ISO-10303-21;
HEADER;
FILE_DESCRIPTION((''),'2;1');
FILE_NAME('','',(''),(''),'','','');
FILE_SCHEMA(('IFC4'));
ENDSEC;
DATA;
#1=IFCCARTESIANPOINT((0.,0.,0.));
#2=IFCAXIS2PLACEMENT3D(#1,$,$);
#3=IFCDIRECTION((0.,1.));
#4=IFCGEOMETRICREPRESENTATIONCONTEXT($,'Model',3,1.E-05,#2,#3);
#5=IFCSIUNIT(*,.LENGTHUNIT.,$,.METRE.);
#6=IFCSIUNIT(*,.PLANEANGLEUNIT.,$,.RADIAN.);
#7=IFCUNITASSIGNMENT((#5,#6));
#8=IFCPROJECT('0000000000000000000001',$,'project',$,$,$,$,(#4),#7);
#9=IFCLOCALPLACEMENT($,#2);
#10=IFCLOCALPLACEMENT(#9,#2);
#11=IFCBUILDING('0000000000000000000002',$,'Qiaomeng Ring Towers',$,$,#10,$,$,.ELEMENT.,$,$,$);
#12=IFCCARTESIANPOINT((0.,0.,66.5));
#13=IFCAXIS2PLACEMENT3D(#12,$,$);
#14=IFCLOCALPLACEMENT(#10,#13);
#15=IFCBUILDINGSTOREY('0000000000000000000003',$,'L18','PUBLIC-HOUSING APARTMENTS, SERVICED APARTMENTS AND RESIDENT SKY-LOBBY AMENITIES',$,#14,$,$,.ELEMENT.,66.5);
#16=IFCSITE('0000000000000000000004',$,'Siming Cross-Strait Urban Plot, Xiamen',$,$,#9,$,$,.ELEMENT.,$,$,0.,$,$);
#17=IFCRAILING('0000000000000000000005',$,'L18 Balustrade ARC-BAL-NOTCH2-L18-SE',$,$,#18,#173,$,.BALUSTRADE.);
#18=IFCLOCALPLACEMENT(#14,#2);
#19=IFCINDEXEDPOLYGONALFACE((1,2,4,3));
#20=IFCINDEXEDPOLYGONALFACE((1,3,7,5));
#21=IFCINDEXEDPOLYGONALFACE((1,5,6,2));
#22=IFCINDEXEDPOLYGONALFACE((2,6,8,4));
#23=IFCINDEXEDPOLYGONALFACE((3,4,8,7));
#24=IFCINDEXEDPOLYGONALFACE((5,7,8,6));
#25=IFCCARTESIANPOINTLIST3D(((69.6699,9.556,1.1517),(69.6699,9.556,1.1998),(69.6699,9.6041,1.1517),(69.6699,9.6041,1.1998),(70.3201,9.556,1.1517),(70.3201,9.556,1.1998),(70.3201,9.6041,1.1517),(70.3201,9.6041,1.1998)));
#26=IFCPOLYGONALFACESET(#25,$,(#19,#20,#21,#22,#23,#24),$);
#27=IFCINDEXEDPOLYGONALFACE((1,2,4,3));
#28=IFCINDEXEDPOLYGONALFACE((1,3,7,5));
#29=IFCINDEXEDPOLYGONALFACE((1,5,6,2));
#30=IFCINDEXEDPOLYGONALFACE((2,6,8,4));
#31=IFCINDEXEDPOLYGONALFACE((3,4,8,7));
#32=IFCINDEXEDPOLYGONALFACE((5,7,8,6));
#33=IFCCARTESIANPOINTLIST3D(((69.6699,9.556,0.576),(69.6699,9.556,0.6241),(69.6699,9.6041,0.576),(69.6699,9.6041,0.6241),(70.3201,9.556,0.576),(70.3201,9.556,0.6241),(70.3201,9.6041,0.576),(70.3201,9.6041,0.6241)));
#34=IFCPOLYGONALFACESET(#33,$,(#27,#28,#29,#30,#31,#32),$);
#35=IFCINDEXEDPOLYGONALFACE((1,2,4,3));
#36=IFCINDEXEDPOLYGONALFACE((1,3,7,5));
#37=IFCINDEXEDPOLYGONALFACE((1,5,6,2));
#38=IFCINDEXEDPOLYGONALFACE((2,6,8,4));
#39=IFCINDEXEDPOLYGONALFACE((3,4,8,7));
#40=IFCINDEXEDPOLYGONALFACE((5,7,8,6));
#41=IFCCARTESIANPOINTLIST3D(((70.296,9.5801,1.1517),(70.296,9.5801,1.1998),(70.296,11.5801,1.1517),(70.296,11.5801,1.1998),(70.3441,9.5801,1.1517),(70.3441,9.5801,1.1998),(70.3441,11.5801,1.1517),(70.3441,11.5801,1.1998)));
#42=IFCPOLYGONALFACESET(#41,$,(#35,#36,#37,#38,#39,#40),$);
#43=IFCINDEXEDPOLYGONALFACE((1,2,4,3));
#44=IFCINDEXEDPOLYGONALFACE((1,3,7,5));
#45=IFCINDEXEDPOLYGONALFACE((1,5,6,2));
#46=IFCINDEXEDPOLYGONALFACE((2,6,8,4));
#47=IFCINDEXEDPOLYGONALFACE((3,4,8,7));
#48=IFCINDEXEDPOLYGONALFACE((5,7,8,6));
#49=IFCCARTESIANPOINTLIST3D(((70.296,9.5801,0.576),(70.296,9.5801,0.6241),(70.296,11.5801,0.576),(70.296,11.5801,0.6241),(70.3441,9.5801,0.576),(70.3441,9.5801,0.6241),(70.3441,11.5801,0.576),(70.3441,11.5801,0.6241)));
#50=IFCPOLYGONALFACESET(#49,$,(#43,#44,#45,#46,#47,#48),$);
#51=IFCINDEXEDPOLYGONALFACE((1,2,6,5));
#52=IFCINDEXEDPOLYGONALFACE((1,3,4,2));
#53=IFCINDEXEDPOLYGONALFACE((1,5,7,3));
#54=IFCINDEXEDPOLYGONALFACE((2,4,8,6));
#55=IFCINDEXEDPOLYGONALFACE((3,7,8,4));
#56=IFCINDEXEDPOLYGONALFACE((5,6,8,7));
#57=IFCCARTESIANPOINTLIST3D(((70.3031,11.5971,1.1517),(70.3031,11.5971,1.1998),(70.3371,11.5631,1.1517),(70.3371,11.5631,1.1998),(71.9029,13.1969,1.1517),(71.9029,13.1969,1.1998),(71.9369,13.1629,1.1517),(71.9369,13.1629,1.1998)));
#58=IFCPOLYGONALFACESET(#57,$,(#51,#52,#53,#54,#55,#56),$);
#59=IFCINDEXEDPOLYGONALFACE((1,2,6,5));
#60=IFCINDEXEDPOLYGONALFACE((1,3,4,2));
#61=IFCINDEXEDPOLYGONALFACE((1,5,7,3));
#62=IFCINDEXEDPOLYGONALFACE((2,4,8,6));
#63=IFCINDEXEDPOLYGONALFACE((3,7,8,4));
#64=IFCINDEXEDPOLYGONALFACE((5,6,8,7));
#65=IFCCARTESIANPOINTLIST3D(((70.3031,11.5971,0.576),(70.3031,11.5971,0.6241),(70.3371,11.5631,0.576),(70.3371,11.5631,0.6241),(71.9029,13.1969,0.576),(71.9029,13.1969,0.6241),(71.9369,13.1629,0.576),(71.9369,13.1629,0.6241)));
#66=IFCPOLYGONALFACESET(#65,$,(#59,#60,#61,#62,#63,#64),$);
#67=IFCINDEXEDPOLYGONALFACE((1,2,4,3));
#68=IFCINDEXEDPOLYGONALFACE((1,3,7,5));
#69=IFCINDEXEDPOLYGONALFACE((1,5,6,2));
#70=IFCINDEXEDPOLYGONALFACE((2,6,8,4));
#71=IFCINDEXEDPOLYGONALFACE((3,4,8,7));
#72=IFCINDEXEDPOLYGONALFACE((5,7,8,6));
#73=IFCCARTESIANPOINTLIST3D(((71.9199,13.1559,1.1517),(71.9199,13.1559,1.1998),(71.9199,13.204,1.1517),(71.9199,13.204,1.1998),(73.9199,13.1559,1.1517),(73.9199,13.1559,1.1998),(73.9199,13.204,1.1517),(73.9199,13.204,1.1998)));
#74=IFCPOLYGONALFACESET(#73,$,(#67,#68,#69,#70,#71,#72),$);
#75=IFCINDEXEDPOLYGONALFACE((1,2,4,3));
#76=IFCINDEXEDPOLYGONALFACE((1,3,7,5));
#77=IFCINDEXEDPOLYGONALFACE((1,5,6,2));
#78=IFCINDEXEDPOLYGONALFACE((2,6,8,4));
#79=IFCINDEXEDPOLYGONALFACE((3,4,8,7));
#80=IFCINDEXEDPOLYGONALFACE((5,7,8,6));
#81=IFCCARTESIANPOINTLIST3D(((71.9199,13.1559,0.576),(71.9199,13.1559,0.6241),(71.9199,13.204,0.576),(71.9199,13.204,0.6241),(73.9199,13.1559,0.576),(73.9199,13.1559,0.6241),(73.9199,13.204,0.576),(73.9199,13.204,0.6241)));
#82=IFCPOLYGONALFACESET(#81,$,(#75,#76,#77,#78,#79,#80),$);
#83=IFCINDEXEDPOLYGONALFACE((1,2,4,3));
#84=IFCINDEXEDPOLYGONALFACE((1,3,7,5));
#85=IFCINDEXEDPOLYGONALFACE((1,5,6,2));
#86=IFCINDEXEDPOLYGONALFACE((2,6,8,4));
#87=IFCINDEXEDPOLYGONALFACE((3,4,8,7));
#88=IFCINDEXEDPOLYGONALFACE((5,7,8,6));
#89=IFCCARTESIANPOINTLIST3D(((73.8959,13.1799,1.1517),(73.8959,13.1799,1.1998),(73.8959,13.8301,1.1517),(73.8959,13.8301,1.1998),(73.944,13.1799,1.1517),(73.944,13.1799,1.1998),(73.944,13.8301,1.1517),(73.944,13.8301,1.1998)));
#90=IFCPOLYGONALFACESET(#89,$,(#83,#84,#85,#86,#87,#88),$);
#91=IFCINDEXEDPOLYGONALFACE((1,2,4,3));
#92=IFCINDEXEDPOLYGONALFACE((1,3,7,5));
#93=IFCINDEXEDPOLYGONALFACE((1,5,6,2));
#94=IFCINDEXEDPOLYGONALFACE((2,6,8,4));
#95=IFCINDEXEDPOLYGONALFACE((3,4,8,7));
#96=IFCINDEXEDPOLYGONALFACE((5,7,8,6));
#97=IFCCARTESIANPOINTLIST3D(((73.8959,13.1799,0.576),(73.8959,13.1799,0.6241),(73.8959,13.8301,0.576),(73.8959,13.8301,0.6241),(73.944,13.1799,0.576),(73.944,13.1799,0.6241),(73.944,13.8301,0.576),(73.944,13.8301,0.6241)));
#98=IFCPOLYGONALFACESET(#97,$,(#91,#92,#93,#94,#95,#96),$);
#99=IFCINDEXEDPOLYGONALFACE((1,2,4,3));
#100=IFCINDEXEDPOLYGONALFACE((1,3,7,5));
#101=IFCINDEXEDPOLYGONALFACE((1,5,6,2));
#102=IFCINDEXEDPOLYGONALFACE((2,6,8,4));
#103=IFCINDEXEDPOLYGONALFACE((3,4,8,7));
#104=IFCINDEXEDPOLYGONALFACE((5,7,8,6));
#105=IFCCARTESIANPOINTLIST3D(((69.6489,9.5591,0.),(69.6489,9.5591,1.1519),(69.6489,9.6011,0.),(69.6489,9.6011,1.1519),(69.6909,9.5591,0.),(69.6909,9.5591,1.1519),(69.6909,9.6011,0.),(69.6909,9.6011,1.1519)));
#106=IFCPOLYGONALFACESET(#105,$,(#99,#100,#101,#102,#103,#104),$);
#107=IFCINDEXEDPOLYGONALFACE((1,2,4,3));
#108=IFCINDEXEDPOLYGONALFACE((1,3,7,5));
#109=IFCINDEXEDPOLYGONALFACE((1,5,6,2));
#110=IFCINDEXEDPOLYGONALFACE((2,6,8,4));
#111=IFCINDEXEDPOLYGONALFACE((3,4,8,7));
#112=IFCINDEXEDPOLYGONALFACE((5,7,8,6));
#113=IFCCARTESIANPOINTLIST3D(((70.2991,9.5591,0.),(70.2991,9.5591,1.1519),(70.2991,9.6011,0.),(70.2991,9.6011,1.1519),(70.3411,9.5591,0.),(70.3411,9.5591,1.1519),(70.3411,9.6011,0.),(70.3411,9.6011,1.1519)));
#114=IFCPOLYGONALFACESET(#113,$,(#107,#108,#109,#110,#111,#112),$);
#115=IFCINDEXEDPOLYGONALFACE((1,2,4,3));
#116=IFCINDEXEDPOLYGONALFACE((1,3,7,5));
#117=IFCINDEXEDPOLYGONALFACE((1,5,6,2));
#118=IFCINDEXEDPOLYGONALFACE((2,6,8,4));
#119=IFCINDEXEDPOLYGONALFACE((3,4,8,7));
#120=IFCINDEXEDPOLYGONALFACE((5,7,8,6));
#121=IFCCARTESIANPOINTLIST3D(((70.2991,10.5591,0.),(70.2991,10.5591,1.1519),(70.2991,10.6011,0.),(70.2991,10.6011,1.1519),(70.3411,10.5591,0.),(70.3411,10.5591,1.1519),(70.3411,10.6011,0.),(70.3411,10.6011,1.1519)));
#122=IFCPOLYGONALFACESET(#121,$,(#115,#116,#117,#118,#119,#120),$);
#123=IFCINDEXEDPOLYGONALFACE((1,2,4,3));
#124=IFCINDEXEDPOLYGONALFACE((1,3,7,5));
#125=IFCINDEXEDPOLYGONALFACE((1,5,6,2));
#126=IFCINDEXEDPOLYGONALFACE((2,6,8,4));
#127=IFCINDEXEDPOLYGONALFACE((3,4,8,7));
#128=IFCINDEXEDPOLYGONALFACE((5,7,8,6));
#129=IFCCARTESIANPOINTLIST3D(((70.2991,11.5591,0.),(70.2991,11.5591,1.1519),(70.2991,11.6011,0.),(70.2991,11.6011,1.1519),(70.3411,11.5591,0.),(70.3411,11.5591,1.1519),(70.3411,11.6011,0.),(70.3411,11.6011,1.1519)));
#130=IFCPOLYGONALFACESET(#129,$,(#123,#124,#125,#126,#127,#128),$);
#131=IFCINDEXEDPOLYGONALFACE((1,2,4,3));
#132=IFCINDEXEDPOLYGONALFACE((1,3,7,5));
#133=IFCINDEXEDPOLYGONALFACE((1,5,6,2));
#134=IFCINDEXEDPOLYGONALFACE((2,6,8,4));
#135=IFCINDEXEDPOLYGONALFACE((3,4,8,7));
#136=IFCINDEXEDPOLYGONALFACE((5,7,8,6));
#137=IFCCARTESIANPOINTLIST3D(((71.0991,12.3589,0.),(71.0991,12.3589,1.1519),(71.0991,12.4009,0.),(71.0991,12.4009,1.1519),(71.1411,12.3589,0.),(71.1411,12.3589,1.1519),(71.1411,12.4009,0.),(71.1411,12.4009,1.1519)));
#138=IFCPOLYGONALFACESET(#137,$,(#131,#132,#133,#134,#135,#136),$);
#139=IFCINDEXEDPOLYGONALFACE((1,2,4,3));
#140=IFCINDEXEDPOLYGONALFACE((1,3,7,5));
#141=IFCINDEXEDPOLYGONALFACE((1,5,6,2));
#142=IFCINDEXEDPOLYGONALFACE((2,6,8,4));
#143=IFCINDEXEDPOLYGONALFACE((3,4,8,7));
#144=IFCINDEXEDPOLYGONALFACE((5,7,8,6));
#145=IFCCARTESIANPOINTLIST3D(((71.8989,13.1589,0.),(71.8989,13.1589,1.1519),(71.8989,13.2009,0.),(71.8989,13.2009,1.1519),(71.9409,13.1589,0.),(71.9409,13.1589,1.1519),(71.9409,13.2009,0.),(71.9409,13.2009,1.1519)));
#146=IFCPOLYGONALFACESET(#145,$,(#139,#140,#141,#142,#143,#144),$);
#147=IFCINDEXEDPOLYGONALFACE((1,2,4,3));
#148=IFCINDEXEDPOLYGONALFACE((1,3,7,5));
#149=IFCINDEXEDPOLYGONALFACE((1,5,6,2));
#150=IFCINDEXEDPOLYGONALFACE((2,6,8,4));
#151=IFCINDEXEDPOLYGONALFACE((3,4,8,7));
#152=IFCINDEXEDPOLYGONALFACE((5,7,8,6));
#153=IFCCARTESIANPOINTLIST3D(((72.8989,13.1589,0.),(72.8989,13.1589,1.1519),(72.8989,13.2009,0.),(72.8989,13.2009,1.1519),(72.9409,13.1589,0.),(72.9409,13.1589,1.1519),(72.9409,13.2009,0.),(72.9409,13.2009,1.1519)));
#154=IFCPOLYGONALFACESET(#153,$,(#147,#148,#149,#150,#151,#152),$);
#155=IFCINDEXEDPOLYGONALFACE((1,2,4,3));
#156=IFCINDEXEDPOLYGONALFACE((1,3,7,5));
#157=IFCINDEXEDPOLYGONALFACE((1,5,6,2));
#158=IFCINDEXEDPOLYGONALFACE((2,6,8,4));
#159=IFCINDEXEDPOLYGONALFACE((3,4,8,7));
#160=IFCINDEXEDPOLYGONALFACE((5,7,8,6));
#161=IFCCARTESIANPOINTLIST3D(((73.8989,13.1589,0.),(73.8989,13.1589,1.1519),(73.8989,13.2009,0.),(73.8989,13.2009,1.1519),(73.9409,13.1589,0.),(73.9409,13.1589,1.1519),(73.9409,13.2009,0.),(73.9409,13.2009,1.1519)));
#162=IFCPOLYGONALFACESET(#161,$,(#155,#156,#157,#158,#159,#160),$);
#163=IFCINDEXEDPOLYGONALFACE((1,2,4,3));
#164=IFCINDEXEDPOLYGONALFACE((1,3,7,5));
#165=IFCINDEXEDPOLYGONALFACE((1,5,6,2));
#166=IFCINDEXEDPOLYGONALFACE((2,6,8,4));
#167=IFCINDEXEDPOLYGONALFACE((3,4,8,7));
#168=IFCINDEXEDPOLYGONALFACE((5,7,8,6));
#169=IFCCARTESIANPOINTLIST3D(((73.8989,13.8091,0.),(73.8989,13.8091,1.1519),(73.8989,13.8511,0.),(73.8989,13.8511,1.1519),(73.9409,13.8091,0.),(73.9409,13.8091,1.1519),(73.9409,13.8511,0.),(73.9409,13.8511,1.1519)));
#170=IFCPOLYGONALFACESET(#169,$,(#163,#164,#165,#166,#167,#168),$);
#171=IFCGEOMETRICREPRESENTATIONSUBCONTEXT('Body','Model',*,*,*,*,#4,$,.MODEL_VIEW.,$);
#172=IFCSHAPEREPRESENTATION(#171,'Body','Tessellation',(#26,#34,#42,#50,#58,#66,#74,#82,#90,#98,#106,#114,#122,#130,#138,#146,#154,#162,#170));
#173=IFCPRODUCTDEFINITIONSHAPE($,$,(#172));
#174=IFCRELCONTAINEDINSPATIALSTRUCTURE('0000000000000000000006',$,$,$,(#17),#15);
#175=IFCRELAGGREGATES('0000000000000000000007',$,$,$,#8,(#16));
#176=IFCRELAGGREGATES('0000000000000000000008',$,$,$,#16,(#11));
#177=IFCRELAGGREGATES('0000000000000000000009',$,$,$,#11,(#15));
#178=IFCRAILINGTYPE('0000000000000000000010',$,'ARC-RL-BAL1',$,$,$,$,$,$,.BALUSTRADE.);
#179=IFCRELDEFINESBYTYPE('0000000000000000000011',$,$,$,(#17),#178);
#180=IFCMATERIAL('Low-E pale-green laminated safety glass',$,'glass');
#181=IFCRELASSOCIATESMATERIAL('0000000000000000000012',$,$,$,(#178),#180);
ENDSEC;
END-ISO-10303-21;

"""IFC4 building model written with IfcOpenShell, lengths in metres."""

from ifc_helpers import new_model, si_unit, direction, frame, origin, origin_2d, place, context, subcontext, project, spatial, rectangle, extrude, material, type_object, element, save


model = new_model("IFC4")

# Units and contexts
model_context = context("Model", 3, precision=1e-05, world=origin(), true_north=direction((0.0, 1.0)))
body_context = subcontext(model_context, "Body", "Model", "MODEL_VIEW")
ifc_project = project(units=[si_unit("LENGTHUNIT", "METRE"), si_unit("PLANEANGLEUNIT", "RADIAN")], contexts=[model_context])

# Site, building, storey
site_placement = place(None, origin())
site = spatial("IfcSite", under=ifc_project, at=site_placement, Name="Siming Cross-Strait Urban Plot, Xiamen", CompositionType="ELEMENT", RefElevation=0.0)
building_placement = place(site_placement, origin())
building = spatial("IfcBuilding", under=site, at=building_placement, Name="Qiaomeng Ring Towers", CompositionType="ELEMENT")
storey_placement = place(building_placement, frame((0.0, 0.0, 66.5)))
storey = spatial("IfcBuildingStorey", under=building, at=storey_placement, Name="L18", Description="PUBLIC-HOUSING APARTMENTS, SERVICED APARTMENTS AND RESIDENT SKY-LOBBY AMENITIES", CompositionType="ELEMENT", Elevation=66.5)

# Railing
ifc_material_1 = material(Name="Low-E pale-green laminated safety glass", Category="glass")
railing_type = type_object("IfcRailingType", Name="ARC-RL-BAL1", PredefinedType="BALUSTRADE", material=ifc_material_1)
railing_placement = place(storey_placement, frame((69.6699, 9.5801, 0.0)))
element("IfcRailing", 1, at=railing_placement, inside=storey, type_object=railing_type, Name="L18 Balustrade ARC-BAL-NOTCH2-L18-SE", PredefinedType="BALUSTRADE", context=body_context, shape_type="SweptSolid", body=[
    extrude(rectangle(XDim=0.0481, YDim=0.0481, at=origin_2d()), frame((0.0, 0.0, 1.1758), z_axis=(1.0, 0.0, 0.0), x_axis=(0.0, 1.0, 0.0)), (0.0, 0.0, 1.0), 0.6501),
    extrude(rectangle(XDim=0.0481, YDim=0.0481, at=origin_2d()), frame((0.0, 0.0, 0.6001), z_axis=(1.0, 0.0, 0.0), x_axis=(0.0, 1.0, 0.0)), (0.0, 0.0, 1.0), 0.6501),
    extrude(rectangle(XDim=0.0481, YDim=0.0481, at=origin_2d()), frame((0.6501, 0.0, 1.1758), z_axis=(0.0, 1.0, 0.0), x_axis=(-1.0, 0.0, 0.0)), (0.0, 0.0, 1.0), 2.0),
    extrude(rectangle(XDim=0.0481, YDim=0.0481, at=origin_2d()), frame((0.6501, 0.0, 0.6001), z_axis=(0.0, 1.0, 0.0), x_axis=(-1.0, 0.0, 0.0)), (0.0, 0.0, 1.0), 2.0),
    extrude(rectangle(XDim=0.0481, YDim=0.0481, at=origin_2d()), frame((0.6501, 2.0, 1.1758), z_axis=(0.707107, 0.707107, 0.0), x_axis=(-0.707107, 0.707107, 0.0)), (0.0, 0.0, 1.0), 2.2625),
    extrude(rectangle(XDim=0.0481, YDim=0.0481, at=origin_2d()), frame((0.6501, 2.0, 0.6001), z_axis=(0.707107, 0.707107, 0.0), x_axis=(-0.707107, 0.707107, 0.0)), (0.0, 0.0, 1.0), 2.2625),
    extrude(rectangle(XDim=0.0481, YDim=0.0481, at=origin_2d()), frame((2.25, 3.5999, 1.1758), z_axis=(1.0, 0.0, 0.0), x_axis=(0.0, 1.0, 0.0)), (0.0, 0.0, 1.0), 2.0),
    extrude(rectangle(XDim=0.0481, YDim=0.0481, at=origin_2d()), frame((2.25, 3.5999, 0.6001), z_axis=(1.0, 0.0, 0.0), x_axis=(0.0, 1.0, 0.0)), (0.0, 0.0, 1.0), 2.0),
    extrude(rectangle(XDim=0.0481, YDim=0.0481, at=origin_2d()), frame((4.25, 3.5999, 1.1758), z_axis=(0.0, 1.0, 0.0), x_axis=(-1.0, 0.0, 0.0)), (0.0, 0.0, 1.0), 0.6501),
    extrude(rectangle(XDim=0.0481, YDim=0.0481, at=origin_2d()), frame((4.25, 3.5999, 0.6001), z_axis=(0.0, 1.0, 0.0), x_axis=(-1.0, 0.0, 0.0)), (0.0, 0.0, 1.0), 0.6501),
    extrude(rectangle(XDim=0.042, YDim=0.042, at=origin_2d()), origin(), (0.0, 0.0, 1.0), 1.1519),
    extrude(rectangle(XDim=0.042, YDim=0.042, at=origin_2d()), frame((0.6501, 0.0, 0.0)), (0.0, 0.0, 1.0), 1.1519),
    extrude(rectangle(XDim=0.042, YDim=0.042, at=origin_2d()), frame((0.6501, 1.0, 0.0)), (0.0, 0.0, 1.0), 1.1519),
    extrude(rectangle(XDim=0.042, YDim=0.042, at=origin_2d()), frame((0.6501, 2.0, 0.0)), (0.0, 0.0, 1.0), 1.1519),
    extrude(rectangle(XDim=0.042, YDim=0.042, at=origin_2d()), frame((1.4502, 2.7998, 0.0)), (0.0, 0.0, 1.0), 1.1519),
    extrude(rectangle(XDim=0.042, YDim=0.042, at=origin_2d()), frame((2.25, 3.5999, 0.0)), (0.0, 0.0, 1.0), 1.1519),
    extrude(rectangle(XDim=0.042, YDim=0.042, at=origin_2d()), frame((3.25, 3.5999, 0.0)), (0.0, 0.0, 1.0), 1.1519),
    extrude(rectangle(XDim=0.042, YDim=0.042, at=origin_2d()), frame((4.25, 3.5999, 0.0)), (0.0, 0.0, 1.0), 1.1519),
    extrude(rectangle(XDim=0.042, YDim=0.042, at=origin_2d()), frame((4.25, 4.25, 0.0)), (0.0, 0.0, 1.0), 1.1519),
])

save(model, "model.ifc")
